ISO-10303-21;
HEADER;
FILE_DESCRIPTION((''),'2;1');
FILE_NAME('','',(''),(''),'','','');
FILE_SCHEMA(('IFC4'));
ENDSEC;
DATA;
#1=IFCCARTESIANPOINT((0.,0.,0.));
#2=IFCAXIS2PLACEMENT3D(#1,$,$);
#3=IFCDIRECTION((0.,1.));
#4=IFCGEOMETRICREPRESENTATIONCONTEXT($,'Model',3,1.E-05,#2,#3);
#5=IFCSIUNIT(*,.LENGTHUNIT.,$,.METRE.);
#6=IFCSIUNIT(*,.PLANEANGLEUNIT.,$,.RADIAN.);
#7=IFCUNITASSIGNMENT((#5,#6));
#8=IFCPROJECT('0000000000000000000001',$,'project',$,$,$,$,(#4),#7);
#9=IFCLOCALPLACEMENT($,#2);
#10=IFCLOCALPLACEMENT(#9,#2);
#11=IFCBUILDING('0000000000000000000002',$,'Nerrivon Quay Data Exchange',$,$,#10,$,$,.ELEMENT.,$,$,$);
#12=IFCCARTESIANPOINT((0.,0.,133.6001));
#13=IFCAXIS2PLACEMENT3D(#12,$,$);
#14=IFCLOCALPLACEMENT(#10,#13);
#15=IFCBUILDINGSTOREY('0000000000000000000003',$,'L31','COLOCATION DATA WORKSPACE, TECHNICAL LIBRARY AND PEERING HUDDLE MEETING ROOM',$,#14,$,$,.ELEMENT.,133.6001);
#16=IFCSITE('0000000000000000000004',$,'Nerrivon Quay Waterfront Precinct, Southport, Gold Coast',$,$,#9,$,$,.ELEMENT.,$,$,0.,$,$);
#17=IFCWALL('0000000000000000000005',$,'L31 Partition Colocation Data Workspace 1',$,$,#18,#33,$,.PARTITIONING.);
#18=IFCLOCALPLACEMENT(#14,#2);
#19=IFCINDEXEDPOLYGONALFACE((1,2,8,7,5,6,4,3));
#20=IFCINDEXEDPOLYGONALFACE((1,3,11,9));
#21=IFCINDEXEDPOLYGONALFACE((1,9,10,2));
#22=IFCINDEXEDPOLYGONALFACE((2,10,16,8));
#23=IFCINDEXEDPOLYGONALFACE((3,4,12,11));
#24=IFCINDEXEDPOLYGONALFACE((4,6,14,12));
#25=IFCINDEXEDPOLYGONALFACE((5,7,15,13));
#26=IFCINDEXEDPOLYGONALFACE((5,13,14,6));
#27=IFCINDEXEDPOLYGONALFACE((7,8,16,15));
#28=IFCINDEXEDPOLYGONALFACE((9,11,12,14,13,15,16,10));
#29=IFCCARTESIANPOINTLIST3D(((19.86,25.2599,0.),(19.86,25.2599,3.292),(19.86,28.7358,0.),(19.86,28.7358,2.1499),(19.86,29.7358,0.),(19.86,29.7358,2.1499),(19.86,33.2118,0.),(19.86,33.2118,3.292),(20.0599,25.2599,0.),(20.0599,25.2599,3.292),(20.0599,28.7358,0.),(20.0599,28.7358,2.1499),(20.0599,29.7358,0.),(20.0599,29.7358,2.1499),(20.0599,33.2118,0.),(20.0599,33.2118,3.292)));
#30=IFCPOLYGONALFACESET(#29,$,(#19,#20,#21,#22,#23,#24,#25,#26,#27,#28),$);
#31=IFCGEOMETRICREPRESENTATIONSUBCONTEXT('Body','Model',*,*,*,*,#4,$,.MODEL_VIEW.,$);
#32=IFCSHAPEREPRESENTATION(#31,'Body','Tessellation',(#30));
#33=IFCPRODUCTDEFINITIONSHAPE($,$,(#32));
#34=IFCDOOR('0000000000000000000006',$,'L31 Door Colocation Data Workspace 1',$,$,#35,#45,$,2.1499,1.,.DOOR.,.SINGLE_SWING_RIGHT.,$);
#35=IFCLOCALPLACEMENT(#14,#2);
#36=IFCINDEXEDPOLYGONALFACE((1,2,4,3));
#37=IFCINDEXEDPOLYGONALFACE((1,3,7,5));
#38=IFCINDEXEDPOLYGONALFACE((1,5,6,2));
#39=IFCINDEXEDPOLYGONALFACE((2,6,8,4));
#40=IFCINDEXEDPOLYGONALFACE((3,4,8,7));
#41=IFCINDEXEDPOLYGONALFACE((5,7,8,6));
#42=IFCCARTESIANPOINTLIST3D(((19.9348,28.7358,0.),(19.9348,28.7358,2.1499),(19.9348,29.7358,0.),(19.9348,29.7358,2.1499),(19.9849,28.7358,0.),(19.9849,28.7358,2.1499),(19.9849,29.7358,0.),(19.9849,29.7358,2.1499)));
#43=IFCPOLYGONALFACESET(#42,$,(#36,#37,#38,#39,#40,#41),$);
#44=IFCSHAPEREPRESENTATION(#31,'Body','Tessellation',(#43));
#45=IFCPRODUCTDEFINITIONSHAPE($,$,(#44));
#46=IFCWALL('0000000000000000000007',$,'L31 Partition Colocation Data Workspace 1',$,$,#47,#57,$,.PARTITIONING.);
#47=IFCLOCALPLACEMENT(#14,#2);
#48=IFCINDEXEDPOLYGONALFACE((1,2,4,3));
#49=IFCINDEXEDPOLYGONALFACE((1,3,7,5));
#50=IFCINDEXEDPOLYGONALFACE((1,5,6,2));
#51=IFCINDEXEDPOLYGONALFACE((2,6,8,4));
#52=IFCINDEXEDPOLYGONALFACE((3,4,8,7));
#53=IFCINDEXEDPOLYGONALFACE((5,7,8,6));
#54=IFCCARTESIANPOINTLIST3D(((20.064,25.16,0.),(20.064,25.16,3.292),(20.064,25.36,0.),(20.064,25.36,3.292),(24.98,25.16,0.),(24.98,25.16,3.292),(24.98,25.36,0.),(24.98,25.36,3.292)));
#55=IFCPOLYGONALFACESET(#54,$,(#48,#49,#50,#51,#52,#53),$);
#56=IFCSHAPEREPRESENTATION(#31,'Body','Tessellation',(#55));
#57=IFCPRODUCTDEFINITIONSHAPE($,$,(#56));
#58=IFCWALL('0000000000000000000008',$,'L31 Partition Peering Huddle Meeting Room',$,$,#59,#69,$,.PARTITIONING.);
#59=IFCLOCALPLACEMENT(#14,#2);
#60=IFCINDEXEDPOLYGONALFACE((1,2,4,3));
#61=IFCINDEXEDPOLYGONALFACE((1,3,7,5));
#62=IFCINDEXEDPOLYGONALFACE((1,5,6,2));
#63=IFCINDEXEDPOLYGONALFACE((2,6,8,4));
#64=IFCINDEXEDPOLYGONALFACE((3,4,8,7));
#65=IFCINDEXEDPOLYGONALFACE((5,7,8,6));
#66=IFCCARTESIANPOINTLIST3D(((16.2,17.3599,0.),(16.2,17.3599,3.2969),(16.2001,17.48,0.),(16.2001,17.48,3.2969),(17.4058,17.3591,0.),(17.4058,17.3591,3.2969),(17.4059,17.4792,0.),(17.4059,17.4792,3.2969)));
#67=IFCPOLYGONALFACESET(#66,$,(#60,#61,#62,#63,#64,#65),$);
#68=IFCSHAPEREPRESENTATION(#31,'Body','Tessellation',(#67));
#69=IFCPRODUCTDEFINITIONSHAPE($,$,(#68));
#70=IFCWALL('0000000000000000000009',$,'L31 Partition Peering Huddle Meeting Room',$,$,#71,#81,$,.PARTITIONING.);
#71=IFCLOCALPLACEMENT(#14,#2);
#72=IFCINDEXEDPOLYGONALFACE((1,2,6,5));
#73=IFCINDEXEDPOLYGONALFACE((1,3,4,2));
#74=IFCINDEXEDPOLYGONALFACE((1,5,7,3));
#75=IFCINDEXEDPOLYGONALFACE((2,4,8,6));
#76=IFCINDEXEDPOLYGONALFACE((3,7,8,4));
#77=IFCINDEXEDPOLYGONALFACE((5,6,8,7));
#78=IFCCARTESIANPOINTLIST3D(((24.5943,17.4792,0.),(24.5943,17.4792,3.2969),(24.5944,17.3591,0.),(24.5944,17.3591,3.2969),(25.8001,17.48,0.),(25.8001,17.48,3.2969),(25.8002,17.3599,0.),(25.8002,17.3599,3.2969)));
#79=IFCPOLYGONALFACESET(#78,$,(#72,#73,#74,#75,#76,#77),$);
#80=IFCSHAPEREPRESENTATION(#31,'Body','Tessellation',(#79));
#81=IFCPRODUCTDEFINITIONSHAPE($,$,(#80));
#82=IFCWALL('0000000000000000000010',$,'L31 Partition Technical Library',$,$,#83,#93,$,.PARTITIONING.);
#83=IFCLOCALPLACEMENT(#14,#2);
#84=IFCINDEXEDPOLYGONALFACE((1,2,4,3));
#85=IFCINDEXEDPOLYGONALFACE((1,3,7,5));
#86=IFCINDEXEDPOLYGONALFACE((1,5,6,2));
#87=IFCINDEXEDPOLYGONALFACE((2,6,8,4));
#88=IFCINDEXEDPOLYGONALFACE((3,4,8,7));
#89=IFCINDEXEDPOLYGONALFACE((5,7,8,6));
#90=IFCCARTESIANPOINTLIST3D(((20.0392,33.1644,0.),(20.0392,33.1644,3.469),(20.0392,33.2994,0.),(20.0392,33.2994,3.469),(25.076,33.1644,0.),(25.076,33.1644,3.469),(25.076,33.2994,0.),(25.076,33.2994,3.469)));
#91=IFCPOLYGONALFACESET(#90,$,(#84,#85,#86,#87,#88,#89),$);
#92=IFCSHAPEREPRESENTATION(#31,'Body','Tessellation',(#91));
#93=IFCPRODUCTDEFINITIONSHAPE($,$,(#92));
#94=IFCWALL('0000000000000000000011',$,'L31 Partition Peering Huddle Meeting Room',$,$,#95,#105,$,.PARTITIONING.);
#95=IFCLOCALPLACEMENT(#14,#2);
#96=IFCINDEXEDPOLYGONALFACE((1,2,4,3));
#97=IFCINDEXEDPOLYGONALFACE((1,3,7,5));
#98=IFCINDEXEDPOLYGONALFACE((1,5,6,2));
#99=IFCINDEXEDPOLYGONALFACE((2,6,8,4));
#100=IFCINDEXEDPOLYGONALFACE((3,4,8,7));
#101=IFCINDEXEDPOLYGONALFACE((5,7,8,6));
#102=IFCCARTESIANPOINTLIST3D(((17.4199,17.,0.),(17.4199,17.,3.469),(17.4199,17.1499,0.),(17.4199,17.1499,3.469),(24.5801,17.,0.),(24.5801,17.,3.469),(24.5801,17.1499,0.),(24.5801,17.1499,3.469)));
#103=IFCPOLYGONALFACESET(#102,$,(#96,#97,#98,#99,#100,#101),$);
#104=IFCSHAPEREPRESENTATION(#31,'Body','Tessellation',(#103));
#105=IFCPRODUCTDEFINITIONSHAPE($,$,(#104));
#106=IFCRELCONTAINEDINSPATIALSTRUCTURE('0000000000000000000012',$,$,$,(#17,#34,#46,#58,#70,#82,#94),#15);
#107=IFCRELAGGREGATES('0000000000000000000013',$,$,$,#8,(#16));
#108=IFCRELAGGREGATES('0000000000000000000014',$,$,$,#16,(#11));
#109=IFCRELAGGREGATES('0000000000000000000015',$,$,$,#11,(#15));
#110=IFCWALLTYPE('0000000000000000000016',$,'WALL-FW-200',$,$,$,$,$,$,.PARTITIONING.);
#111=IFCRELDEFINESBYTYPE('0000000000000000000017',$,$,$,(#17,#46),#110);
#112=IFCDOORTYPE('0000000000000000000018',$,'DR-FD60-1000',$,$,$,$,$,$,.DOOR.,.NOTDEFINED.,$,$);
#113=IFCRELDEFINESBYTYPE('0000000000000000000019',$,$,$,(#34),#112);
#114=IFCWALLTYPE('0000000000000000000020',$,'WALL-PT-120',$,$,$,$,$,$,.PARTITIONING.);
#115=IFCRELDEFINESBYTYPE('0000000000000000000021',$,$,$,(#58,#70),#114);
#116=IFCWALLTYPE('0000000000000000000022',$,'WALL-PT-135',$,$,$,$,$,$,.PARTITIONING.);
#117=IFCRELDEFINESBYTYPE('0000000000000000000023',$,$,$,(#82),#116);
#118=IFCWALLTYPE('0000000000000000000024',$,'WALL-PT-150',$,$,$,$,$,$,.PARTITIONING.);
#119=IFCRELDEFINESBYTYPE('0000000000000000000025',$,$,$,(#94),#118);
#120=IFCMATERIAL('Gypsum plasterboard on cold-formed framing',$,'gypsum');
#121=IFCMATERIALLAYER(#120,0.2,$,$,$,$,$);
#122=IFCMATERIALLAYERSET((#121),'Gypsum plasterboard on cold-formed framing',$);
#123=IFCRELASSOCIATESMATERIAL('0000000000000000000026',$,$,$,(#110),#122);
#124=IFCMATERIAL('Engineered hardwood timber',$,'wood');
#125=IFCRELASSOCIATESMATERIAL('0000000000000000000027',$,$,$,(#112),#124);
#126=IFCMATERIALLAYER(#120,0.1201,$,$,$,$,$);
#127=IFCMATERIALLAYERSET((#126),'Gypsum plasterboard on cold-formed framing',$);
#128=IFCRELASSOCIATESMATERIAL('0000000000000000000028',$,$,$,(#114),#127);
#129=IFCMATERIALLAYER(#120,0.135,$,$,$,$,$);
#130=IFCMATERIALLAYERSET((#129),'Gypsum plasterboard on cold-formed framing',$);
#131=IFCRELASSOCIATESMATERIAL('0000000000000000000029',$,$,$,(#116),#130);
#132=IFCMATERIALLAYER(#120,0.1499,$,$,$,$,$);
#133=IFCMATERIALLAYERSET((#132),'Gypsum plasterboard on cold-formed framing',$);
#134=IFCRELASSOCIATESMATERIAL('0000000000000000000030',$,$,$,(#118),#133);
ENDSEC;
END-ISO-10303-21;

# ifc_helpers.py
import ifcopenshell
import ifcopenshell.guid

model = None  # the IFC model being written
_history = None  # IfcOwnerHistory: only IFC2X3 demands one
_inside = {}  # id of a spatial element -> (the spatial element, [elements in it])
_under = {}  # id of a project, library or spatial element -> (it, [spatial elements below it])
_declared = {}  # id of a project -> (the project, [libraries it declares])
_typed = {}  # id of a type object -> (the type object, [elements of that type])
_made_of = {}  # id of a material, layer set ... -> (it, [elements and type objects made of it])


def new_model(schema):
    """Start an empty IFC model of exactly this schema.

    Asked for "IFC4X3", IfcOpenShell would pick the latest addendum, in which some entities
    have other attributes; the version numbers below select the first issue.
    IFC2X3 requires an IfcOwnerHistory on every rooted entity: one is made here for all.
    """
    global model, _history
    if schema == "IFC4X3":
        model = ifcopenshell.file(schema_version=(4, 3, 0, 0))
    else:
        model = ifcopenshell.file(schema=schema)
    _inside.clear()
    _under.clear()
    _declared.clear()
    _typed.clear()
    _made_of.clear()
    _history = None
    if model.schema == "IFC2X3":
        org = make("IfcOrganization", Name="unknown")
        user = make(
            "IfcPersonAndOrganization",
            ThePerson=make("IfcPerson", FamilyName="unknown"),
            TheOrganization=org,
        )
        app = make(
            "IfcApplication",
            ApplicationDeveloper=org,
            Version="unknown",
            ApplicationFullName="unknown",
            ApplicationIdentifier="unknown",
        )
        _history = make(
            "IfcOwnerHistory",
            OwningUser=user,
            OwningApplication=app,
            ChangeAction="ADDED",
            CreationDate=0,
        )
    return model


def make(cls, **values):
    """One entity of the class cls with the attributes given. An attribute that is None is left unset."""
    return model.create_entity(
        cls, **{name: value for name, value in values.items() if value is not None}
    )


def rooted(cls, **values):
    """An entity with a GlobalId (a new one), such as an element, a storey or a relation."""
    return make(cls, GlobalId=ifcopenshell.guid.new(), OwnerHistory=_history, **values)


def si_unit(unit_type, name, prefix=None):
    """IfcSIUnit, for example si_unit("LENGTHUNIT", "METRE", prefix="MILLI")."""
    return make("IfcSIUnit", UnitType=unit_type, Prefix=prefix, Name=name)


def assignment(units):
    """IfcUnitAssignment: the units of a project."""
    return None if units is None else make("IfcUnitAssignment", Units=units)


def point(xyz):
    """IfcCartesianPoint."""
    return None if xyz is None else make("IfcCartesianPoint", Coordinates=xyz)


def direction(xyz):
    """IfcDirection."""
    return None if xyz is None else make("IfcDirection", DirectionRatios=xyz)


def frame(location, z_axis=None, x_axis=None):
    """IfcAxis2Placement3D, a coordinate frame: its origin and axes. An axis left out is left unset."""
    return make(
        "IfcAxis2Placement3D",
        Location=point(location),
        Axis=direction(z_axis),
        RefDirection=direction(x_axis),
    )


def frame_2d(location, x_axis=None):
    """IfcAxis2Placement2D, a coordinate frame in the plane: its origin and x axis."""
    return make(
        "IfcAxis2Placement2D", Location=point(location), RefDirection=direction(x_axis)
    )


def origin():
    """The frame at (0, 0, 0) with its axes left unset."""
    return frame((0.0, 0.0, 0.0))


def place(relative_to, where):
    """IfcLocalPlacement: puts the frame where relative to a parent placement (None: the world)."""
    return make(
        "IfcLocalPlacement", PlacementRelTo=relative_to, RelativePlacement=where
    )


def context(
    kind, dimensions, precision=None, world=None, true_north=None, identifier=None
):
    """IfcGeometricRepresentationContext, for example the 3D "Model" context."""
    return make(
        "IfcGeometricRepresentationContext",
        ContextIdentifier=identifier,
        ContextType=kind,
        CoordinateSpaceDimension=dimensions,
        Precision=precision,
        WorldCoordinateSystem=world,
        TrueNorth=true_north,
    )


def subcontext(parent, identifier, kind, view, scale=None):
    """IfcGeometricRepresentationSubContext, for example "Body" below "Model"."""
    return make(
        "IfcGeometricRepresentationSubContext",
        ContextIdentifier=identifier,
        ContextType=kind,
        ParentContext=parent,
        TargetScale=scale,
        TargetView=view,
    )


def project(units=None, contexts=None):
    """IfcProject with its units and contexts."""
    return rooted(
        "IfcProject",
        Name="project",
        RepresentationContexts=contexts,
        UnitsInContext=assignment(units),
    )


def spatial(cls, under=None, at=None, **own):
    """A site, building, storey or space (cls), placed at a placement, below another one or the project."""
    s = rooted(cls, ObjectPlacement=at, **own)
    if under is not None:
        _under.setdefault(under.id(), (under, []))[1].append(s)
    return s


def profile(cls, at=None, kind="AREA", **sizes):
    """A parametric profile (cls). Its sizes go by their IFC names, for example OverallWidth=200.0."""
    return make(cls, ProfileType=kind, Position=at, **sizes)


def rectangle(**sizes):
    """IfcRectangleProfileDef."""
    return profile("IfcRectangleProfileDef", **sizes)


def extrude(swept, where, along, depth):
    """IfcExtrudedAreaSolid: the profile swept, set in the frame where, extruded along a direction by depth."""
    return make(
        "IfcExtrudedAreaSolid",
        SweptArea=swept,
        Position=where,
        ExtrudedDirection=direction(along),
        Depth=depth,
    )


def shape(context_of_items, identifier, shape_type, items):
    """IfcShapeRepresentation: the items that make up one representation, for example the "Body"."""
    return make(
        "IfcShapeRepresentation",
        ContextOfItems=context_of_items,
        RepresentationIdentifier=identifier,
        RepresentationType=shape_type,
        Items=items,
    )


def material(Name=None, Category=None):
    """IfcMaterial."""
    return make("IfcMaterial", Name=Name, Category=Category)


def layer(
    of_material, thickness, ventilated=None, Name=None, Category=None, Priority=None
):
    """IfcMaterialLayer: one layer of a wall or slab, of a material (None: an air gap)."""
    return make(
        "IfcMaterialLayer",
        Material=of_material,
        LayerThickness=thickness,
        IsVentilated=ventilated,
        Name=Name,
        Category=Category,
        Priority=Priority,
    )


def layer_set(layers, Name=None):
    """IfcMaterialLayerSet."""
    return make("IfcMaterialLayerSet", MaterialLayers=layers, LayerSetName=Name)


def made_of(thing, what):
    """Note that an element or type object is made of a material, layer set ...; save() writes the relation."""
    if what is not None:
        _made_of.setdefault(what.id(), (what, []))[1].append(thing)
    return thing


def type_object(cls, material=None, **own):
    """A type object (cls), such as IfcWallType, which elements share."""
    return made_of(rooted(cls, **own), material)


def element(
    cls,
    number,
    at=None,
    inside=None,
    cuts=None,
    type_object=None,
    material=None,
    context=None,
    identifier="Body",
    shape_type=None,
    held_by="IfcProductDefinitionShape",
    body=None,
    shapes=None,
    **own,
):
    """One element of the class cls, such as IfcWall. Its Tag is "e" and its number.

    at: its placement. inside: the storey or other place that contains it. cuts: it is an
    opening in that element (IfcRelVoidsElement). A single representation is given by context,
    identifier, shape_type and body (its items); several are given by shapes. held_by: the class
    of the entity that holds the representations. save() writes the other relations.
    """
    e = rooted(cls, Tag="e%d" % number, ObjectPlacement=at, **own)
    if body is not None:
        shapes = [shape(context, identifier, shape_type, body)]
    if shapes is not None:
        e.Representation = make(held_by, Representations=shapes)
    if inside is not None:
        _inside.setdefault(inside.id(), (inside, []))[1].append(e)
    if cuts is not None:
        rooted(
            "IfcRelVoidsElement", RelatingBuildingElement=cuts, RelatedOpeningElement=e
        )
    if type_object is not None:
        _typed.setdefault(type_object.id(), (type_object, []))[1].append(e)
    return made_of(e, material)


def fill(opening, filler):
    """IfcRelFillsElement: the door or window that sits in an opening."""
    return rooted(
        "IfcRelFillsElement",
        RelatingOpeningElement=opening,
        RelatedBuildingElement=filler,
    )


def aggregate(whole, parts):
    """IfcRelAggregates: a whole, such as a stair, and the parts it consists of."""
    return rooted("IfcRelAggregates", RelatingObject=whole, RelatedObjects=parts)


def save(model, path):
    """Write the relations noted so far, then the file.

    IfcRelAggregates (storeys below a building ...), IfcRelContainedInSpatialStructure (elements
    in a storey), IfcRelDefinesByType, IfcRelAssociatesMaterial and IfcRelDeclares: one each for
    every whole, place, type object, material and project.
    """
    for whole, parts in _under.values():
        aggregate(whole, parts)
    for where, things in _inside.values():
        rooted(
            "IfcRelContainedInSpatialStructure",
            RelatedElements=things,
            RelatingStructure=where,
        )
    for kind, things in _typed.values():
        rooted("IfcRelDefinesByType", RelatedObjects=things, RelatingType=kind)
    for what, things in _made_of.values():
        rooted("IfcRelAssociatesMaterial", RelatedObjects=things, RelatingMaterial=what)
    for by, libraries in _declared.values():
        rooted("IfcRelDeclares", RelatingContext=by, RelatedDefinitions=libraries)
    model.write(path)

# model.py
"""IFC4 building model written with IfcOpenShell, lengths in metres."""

from ifc_helpers import new_model, si_unit, direction, frame, frame_2d, origin, place, context, subcontext, project, spatial, rectangle, extrude, material, layer, layer_set, type_object, element, fill, save


model = new_model("IFC4")

# Units and contexts
model_context = context("Model", 3, precision=1e-05, world=origin(), true_north=direction((0.0, 1.0)))
body_context = subcontext(model_context, "Body", "Model", "MODEL_VIEW")
ifc_project = project(units=[si_unit("LENGTHUNIT", "METRE"), si_unit("PLANEANGLEUNIT", "RADIAN")], contexts=[model_context])

# Site, building, storey
site_placement = place(None, origin())
site = spatial("IfcSite", under=ifc_project, at=site_placement, Name="Nerrivon Quay Waterfront Precinct, Southport, Gold Coast", CompositionType="ELEMENT", RefElevation=0.0)
building_placement = place(site_placement, origin())
building = spatial("IfcBuilding", under=site, at=building_placement, Name="Nerrivon Quay Data Exchange", CompositionType="ELEMENT")
storey_placement = place(building_placement, frame((0.0, 0.0, 133.6001)))
storey = spatial("IfcBuildingStorey", under=building, at=storey_placement, Name="L31", Description="COLOCATION DATA WORKSPACE, TECHNICAL LIBRARY AND PEERING HUDDLE MEETING ROOM", CompositionType="ELEMENT", Elevation=133.6001)

# Shared definitions
ifc_material_1 = material(Name="Gypsum plasterboard on cold-formed framing", Category="gypsum")
ifc_layer_1 = layer(ifc_material_1, 0.2)
ifc_layer_set_1 = layer_set([ifc_layer_1], Name="Gypsum plasterboard on cold-formed framing")
wall_type_1 = type_object("IfcWallType", Name="WALL-FW-200", PredefinedType="PARTITIONING", material=ifc_layer_set_1)

# Wall, opening, door
wall_1_placement = place(storey_placement, frame((19.96, 33.2119, 0.0), z_axis=(0.0, 0.0, 1.0), x_axis=(0.0, -1.0, 0.0)))
wall_1 = element("IfcWall", 1, at=wall_1_placement, inside=storey, type_object=wall_type_1, Name="L31 Partition Colocation Data Workspace 1", PredefinedType="PARTITIONING", context=body_context, shape_type="SweptSolid", body=[
    extrude(rectangle(XDim=7.9519, YDim=0.2, at=frame_2d((3.9761, 0.0))), origin(), (0.0, 0.0, 1.0), 3.292),
])
opening_1_placement = place(wall_1_placement, frame((3.4761, 0.0, 0.0)))
opening_1 = element("IfcOpeningElement", 2, at=opening_1_placement, cuts=wall_1, PredefinedType="OPENING", context=body_context, shape_type="SweptSolid", body=[
    extrude(rectangle(XDim=1.0, YDim=2.1499, at=frame_2d((0.5, 1.075))), frame((0.0, 0.1099, 0.0), z_axis=(0.0, -1.0, 0.0), x_axis=(1.0, 0.0, 0.0)), (0.0, 0.0, 1.0), 0.22),
])
ifc_material_2 = material(Name="Engineered hardwood timber", Category="wood")
door_type_1 = type_object("IfcDoorType", Name="DR-FD60-1000", OperationType="NOTDEFINED", PredefinedType="DOOR", material=ifc_material_2)
door_1_placement = place(opening_1_placement, origin())
door_1 = element("IfcDoor", 3, at=door_1_placement, inside=storey, type_object=door_type_1, Name="L31 Door Colocation Data Workspace 1", OperationType="SINGLE_SWING_RIGHT", OverallHeight=2.1499, OverallWidth=1.0, PredefinedType="DOOR", context=body_context, shape_type="SweptSolid", body=[
    extrude(rectangle(XDim=1.0, YDim=2.1499, at=frame_2d((0.5, 1.075))), frame((0.0, 0.0249, 0.0), z_axis=(0.0, -1.0, 0.0), x_axis=(1.0, 0.0, 0.0)), (0.0, 0.0, 1.0), 0.05),
])
fill(opening_1, door_1)

# Walls
wall_2_placement = place(storey_placement, frame((20.064, 25.26, 0.0), z_axis=(0.0, 0.0, 1.0), x_axis=(1.0, 0.0, 0.0)))
element("IfcWall", 4, at=wall_2_placement, inside=storey, type_object=wall_type_1, Name="L31 Partition Colocation Data Workspace 1", PredefinedType="PARTITIONING", context=body_context, shape_type="SweptSolid", body=[
    extrude(rectangle(XDim=4.916, YDim=0.2, at=frame_2d((2.458, 0.0))), origin(), (0.0, 0.0, 1.0), 3.292),
])
ifc_layer_2 = layer(ifc_material_1, 0.1201)
ifc_layer_set_2 = layer_set([ifc_layer_2], Name="Gypsum plasterboard on cold-formed framing")
wall_type_2 = type_object("IfcWallType", Name="WALL-PT-120", PredefinedType="PARTITIONING", material=ifc_layer_set_2)
for number, where, z_axis, x_axis, name in (
    (5, (16.2, 17.4199, 0.0), (0.0, 0.0, 1.0), (1.0, -0.000607, 0.0), "L31 Partition Peering Huddle Meeting Room"),
    (6, (24.5942, 17.4192, 0.0), (0.0, 0.0, 1.0), (1.0, 0.000607, 0.0), "L31 Partition Peering Huddle Meeting Room"),
):
    element("IfcWall", number, at=place(storey_placement, frame(where, z_axis=z_axis, x_axis=x_axis)), inside=storey, type_object=wall_type_2, Name=name, PredefinedType="PARTITIONING", context=body_context, shape_type="SweptSolid", body=[
        extrude(rectangle(XDim=1.2058, YDim=0.1201, at=frame_2d((0.603, 0.0))), origin(), (0.0, 0.0, 1.0), 3.2969),
    ])
ifc_layer_3 = layer(ifc_material_1, 0.135)
ifc_layer_set_3 = layer_set([ifc_layer_3], Name="Gypsum plasterboard on cold-formed framing")
wall_type_3 = type_object("IfcWallType", Name="WALL-PT-135", PredefinedType="PARTITIONING", material=ifc_layer_set_3)
wall_3_placement = place(storey_placement, frame((20.0391, 33.2319, 0.0), z_axis=(0.0, 0.0, 1.0), x_axis=(1.0, 0.0, 0.0)))
element("IfcWall", 7, at=wall_3_placement, inside=storey, type_object=wall_type_3, Name="L31 Partition Technical Library", PredefinedType="PARTITIONING", context=body_context, shape_type="SweptSolid", body=[
    extrude(rectangle(XDim=5.0369, YDim=0.135, at=frame_2d((2.5186, 0.0))), origin(), (0.0, 0.0, 1.0), 3.469),
])
ifc_layer_4 = layer(ifc_material_1, 0.1499)
ifc_layer_set_4 = layer_set([ifc_layer_4], Name="Gypsum plasterboard on cold-formed framing")
wall_type_4 = type_object("IfcWallType", Name="WALL-PT-150", PredefinedType="PARTITIONING", material=ifc_layer_set_4)
wall_4_placement = place(storey_placement, frame((17.4199, 17.075, 0.0), z_axis=(0.0, 0.0, 1.0), x_axis=(1.0, 0.0, 0.0)))
element("IfcWall", 8, at=wall_4_placement, inside=storey, type_object=wall_type_4, Name="L31 Partition Peering Huddle Meeting Room", PredefinedType="PARTITIONING", context=body_context, shape_type="SweptSolid", body=[
    extrude(rectangle(XDim=7.1602, YDim=0.1499, at=frame_2d((3.5801, 0.0))), origin(), (0.0, 0.0, 1.0), 3.469),
])

save(model, "model.ifc")
